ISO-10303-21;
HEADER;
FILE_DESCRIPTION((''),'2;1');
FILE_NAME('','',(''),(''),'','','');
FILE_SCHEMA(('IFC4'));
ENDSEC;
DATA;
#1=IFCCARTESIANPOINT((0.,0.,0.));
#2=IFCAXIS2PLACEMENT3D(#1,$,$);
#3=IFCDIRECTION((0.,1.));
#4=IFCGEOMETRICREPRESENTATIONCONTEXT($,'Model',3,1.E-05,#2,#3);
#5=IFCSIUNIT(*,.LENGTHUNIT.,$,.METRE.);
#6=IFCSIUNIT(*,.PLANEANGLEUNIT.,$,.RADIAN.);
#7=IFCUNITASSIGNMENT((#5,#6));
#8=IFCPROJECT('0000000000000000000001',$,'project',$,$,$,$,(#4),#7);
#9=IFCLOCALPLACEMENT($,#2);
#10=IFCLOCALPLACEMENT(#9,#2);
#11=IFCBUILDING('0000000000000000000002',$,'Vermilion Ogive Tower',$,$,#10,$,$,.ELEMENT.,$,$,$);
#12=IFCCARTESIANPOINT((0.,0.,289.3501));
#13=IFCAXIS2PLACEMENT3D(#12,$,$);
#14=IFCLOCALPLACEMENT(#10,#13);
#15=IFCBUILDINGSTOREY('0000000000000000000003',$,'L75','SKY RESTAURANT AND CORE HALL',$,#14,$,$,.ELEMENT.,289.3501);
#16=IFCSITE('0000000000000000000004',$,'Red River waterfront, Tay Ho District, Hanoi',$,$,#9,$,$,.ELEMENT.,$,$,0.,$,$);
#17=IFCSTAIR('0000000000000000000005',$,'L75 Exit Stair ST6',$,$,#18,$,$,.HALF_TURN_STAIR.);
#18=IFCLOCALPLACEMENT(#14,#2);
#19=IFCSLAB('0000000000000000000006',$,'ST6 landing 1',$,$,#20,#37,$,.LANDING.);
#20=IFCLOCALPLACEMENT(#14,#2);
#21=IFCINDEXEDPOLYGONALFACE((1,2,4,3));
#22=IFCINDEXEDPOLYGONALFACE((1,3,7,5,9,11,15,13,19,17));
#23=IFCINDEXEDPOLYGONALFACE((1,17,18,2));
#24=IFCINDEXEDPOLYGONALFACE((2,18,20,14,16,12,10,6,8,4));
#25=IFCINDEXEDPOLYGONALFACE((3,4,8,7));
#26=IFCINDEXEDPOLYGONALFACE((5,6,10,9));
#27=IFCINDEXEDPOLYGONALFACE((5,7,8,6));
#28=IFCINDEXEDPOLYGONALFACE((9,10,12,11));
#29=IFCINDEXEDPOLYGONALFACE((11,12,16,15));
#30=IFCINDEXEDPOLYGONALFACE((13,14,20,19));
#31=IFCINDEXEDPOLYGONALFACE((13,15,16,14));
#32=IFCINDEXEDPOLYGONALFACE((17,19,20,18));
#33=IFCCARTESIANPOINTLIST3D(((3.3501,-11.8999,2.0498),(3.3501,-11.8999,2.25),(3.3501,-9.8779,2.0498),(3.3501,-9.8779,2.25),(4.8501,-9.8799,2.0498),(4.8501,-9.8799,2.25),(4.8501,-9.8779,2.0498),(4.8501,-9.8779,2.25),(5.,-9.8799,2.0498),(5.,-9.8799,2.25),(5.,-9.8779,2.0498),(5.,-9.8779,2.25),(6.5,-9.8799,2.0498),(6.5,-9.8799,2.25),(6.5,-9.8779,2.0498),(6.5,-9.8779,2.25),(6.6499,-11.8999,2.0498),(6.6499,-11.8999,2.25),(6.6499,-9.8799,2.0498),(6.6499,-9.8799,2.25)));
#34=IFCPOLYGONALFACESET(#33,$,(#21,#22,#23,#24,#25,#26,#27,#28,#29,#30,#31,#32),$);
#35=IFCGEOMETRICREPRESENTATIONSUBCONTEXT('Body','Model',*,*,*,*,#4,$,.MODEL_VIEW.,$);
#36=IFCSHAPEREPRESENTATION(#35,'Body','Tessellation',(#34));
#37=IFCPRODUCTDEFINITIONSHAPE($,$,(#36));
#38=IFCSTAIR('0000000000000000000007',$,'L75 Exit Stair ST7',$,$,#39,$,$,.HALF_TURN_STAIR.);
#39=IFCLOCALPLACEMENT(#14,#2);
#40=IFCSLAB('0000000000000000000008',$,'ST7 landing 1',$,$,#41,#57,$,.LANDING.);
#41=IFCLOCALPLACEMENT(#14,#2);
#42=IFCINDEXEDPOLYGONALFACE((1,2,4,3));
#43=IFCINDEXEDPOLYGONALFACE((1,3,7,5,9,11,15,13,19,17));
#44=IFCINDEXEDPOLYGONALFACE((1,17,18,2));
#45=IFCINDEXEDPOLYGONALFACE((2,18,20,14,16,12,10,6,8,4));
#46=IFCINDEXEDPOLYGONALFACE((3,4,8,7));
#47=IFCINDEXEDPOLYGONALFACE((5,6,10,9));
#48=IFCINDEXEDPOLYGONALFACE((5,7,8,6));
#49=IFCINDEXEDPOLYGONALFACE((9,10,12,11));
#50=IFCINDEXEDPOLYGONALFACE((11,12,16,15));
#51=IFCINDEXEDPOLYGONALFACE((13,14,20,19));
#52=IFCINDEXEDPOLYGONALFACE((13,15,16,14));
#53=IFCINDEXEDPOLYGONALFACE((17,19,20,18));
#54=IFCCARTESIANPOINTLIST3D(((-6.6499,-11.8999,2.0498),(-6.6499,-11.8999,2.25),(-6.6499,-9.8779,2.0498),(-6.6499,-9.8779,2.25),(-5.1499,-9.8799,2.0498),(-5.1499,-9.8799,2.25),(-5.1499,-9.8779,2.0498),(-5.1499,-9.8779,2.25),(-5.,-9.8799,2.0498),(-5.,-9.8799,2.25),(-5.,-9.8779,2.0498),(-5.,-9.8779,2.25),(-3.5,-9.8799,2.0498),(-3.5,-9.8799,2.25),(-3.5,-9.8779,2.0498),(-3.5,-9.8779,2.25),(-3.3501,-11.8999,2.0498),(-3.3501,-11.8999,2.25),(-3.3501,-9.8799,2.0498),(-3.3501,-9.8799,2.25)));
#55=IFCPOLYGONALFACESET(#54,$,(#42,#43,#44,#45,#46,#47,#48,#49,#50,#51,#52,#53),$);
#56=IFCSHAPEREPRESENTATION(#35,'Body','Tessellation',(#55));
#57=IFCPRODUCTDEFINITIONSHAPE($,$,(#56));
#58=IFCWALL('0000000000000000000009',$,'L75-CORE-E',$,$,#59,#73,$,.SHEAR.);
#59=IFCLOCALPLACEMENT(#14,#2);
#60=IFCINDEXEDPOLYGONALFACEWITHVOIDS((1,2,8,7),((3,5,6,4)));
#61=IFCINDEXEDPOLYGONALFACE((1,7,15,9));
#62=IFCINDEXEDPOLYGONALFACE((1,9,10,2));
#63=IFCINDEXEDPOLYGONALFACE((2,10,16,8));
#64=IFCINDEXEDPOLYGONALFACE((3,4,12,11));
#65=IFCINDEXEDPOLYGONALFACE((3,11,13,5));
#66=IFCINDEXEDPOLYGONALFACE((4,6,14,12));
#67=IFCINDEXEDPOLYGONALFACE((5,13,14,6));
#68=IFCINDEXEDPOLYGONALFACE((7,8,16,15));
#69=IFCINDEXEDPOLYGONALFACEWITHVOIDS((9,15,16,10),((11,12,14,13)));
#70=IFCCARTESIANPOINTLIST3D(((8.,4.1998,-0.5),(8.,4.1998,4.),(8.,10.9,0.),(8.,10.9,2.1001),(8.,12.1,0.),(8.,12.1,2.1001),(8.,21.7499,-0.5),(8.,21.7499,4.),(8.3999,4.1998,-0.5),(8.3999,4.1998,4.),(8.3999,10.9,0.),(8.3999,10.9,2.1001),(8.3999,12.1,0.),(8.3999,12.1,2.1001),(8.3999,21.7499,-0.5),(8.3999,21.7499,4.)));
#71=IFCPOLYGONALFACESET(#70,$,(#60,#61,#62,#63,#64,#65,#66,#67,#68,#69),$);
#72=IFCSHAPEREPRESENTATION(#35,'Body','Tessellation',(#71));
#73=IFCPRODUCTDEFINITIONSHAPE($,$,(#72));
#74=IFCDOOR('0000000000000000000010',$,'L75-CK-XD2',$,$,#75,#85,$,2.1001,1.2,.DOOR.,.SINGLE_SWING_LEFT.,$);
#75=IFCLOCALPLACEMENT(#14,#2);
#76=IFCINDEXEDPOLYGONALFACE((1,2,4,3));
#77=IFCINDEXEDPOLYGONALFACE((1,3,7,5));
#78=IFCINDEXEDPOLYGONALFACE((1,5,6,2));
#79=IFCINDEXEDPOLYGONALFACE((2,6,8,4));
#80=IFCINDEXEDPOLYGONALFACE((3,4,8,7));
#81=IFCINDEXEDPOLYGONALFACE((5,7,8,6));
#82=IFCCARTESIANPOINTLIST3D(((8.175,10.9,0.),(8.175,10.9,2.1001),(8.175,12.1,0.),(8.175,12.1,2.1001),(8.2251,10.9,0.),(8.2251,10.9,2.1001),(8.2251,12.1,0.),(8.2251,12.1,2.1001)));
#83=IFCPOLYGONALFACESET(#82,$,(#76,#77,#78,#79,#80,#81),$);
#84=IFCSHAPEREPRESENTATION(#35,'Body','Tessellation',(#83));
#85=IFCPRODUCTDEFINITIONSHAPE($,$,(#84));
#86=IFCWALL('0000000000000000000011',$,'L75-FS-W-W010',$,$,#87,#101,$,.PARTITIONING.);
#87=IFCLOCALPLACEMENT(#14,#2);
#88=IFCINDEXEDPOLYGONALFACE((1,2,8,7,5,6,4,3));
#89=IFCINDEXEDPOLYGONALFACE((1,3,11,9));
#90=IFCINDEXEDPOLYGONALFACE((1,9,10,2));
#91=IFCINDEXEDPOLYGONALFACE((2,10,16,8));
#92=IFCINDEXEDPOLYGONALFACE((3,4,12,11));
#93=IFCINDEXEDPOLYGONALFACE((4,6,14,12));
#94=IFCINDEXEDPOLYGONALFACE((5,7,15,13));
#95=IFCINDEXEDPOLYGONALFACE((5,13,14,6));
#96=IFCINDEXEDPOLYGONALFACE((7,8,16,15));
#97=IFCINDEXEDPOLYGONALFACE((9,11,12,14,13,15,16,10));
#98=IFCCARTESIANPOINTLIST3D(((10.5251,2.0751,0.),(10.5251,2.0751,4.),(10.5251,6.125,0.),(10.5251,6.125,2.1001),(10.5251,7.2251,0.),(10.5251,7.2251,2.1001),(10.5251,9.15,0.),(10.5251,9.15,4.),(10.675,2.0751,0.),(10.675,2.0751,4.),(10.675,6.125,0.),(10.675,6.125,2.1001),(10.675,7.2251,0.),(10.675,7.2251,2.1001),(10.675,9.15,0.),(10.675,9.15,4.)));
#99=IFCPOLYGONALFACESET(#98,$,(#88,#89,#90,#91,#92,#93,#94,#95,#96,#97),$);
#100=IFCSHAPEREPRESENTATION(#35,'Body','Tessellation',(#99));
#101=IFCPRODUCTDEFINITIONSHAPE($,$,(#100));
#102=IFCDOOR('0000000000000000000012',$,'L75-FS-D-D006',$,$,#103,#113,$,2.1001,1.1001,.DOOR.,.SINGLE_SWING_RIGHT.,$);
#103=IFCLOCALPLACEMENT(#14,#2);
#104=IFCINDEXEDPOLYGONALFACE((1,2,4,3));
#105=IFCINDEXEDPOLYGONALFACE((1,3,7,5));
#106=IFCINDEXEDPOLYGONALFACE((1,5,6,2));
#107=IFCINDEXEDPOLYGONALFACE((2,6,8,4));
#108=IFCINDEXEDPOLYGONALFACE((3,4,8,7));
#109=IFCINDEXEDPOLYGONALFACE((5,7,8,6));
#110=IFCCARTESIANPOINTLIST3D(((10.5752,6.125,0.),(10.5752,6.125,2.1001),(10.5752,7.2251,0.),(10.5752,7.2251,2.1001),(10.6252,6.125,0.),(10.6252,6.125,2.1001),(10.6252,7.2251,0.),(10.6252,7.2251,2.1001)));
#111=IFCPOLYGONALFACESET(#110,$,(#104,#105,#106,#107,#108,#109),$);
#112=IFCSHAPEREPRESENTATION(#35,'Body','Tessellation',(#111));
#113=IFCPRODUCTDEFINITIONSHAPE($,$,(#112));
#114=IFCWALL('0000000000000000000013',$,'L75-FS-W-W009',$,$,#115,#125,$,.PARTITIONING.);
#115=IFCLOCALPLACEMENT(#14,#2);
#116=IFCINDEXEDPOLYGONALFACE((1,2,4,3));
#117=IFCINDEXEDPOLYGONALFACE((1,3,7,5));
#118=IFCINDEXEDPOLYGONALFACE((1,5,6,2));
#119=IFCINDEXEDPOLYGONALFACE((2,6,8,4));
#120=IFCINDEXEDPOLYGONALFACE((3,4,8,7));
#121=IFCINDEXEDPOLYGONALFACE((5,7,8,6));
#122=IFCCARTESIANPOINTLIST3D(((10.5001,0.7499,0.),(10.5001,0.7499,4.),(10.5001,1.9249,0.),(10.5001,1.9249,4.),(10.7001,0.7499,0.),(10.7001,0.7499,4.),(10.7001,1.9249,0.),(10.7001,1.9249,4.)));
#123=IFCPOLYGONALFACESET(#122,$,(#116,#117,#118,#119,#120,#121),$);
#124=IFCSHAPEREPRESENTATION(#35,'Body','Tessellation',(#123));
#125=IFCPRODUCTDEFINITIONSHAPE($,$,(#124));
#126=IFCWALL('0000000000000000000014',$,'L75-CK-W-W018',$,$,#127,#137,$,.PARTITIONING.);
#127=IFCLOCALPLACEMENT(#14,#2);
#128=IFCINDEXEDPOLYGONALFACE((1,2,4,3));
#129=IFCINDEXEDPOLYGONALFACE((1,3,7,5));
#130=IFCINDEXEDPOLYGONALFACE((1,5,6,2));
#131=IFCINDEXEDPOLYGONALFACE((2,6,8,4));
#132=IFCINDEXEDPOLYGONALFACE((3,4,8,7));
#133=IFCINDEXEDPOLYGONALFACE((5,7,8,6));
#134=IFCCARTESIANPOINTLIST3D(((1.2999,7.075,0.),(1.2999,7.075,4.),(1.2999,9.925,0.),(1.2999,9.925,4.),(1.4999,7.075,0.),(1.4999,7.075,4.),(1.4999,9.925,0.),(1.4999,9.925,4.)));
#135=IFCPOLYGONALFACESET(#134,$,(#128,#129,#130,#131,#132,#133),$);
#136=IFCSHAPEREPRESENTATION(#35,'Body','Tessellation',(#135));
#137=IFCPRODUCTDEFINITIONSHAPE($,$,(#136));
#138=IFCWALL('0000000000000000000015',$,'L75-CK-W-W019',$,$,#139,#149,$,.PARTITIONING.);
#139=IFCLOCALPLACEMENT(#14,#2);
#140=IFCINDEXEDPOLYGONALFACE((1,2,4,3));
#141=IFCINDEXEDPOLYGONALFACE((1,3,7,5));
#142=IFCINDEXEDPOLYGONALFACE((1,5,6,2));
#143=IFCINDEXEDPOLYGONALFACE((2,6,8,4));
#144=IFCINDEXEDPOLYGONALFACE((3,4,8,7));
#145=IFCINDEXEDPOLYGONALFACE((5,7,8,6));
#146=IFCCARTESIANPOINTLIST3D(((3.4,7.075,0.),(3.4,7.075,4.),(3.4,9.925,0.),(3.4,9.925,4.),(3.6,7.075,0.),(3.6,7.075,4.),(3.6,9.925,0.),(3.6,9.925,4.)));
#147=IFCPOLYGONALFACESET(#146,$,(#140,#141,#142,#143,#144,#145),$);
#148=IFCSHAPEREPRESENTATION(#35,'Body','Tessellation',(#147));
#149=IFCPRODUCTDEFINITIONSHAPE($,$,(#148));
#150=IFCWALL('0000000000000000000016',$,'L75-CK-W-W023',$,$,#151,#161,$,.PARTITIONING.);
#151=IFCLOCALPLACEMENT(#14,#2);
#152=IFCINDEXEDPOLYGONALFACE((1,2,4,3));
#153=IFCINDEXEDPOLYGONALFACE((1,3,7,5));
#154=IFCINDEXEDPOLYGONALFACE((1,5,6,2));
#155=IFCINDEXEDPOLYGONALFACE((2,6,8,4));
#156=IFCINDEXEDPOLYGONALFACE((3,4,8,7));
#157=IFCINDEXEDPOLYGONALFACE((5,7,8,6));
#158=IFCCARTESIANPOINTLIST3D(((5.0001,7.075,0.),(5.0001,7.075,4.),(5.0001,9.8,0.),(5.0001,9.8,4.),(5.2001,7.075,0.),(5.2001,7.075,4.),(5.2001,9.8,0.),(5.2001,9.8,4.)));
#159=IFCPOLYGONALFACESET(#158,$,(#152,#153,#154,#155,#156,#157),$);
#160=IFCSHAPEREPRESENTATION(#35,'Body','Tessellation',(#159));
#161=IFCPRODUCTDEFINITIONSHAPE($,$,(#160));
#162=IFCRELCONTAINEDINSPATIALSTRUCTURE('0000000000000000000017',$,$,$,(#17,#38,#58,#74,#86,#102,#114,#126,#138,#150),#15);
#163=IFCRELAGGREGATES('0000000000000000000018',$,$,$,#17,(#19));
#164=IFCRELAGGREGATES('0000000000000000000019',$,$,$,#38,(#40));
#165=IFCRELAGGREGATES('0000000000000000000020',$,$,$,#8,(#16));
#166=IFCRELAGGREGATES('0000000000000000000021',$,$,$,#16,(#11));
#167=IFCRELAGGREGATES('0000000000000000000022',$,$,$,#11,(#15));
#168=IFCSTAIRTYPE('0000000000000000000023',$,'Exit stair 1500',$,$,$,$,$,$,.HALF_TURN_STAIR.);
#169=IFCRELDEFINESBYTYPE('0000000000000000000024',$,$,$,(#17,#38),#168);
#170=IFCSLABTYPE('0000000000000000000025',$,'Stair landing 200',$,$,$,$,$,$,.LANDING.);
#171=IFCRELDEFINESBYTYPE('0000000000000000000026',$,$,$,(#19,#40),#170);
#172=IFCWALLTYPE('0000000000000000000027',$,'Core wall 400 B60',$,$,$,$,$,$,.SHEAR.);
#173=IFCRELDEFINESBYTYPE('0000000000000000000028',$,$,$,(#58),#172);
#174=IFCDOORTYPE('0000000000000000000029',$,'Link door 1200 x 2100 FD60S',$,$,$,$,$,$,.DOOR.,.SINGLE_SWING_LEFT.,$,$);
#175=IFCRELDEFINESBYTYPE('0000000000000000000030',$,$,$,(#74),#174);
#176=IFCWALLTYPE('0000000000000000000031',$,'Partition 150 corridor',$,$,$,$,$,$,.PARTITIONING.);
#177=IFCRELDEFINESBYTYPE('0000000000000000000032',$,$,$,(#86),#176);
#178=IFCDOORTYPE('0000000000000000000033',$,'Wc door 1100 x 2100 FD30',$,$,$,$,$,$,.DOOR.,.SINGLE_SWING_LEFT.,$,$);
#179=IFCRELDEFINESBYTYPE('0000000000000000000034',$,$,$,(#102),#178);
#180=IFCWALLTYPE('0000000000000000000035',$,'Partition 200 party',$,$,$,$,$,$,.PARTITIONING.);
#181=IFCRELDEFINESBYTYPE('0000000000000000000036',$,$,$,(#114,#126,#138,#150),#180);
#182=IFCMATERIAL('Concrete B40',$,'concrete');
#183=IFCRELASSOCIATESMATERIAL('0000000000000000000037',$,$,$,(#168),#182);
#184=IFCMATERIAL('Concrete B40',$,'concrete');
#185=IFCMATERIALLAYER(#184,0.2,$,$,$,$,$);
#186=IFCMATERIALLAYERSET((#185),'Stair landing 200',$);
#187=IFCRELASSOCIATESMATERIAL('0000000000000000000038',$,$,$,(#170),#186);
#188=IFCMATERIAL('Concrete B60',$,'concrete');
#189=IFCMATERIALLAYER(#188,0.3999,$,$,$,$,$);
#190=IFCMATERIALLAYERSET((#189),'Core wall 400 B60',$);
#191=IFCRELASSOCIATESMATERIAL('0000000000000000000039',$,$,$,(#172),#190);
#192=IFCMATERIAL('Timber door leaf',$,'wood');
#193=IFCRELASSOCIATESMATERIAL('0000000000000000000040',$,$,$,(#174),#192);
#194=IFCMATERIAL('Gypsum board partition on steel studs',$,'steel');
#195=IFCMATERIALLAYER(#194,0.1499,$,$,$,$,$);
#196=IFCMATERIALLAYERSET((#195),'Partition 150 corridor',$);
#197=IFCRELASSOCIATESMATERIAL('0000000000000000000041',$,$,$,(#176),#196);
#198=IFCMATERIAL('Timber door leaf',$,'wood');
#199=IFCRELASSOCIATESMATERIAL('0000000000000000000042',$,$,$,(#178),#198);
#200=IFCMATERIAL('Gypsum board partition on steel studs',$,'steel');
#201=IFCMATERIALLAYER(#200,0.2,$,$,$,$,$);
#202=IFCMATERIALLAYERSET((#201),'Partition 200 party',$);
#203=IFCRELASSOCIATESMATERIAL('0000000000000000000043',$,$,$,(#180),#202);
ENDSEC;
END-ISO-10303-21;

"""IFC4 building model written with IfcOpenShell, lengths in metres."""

from ifc_helpers import new_model, si_unit, direction, frame, frame_2d, origin, place, context, subcontext, project, spatial, polyline, rectangle, outline, extrude, material, layer, layer_set, type_object, element, fill, aggregate, save


model = new_model("IFC4")

# Units and contexts
model_context = context("Model", 3, precision=1e-05, world=origin(), true_north=direction((0.0, 1.0)))
body_context = subcontext(model_context, "Body", "Model", "MODEL_VIEW")
ifc_project = project(units=[si_unit("LENGTHUNIT", "METRE"), si_unit("PLANEANGLEUNIT", "RADIAN")], contexts=[model_context])

# Site, building, storey
site_placement = place(None, origin())
site = spatial("IfcSite", under=ifc_project, at=site_placement, Name="Red River waterfront, Tay Ho District, Hanoi", CompositionType="ELEMENT", RefElevation=0.0)
building_placement = place(site_placement, origin())
building = spatial("IfcBuilding", under=site, at=building_placement, Name="Vermilion Ogive Tower", CompositionType="ELEMENT")
storey_placement = place(building_placement, frame((0.0, 0.0, 289.3501)))
storey = spatial("IfcBuildingStorey", under=building, at=storey_placement, Name="L75", Description="SKY RESTAURANT AND CORE HALL", CompositionType="ELEMENT", Elevation=289.3501)

# Stairs, slabs
ifc_material_1 = material(Name="Concrete B40", Category="concrete")
stair_type = type_object("IfcStairType", Name="Exit stair 1500", PredefinedType="HALF_TURN_STAIR", material=ifc_material_1)
stair_1_placement = place(storey_placement, origin())
stair_1 = element("IfcStair", 1, at=stair_1_placement, inside=storey, type_object=stair_type, Name="L75 Exit Stair ST6", PredefinedType="HALF_TURN_STAIR")
ifc_material_2 = material(Name="Concrete B40", Category="concrete")
ifc_layer_1 = layer(ifc_material_2, 0.2)
ifc_layer_set_1 = layer_set([ifc_layer_1], Name="Stair landing 200")
slab_type_1 = type_object("IfcSlabType", Name="Stair landing 200", PredefinedType="LANDING", material=ifc_layer_set_1)
slab_1_placement = place(storey_placement, frame((0.0, 0.0, 2.0498)))
slab_1 = element("IfcSlab", 2, at=slab_1_placement, type_object=slab_type_1, Name="ST6 landing 1", PredefinedType="LANDING", context=body_context, shape_type="SweptSolid", body=[
    extrude(outline(polyline([(6.6499, -9.8799), (6.5, -9.8799), (6.5, -9.8779), (5.0, -9.8779), (5.0, -9.8799), (4.8501, -9.8799), (4.8501, -9.8779), (3.3501, -9.8779), (3.3501, -11.8999), (6.6499, -11.8999), (6.6499, -9.8799)])), origin(), (0.0, 0.0, 1.0), 0.2002),
])
aggregate(stair_1, [slab_1])
stair_2_placement = place(storey_placement, origin())
stair_2 = element("IfcStair", 3, at=stair_2_placement, inside=storey, type_object=stair_type, Name="L75 Exit Stair ST7", PredefinedType="HALF_TURN_STAIR")
slab_2_placement = place(storey_placement, frame((0.0, 0.0, 2.0498)))
slab_2 = element("IfcSlab", 4, at=slab_2_placement, type_object=slab_type_1, Name="ST7 landing 1", PredefinedType="LANDING", context=body_context, shape_type="SweptSolid", body=[
    extrude(outline(polyline([(-3.3501, -9.8799), (-3.5, -9.8799), (-3.5, -9.8779), (-5.0, -9.8779), (-5.0, -9.8799), (-5.1499, -9.8799), (-5.1499, -9.8779), (-6.6499, -9.8779), (-6.6499, -11.8999), (-3.3501, -11.8999), (-3.3501, -9.8799)])), origin(), (0.0, 0.0, 1.0), 0.2002),
])
aggregate(stair_2, [slab_2])

# Walls, openings, doors
ifc_material_3 = material(Name="Concrete B60", Category="concrete")
ifc_layer_2 = layer(ifc_material_3, 0.3999)
ifc_layer_set_2 = layer_set([ifc_layer_2], Name="Core wall 400 B60")
wall_type_1 = type_object("IfcWallType", Name="Core wall 400 B60", PredefinedType="SHEAR", material=ifc_layer_set_2)
wall_1_placement = place(storey_placement, frame((8.2, 4.2, -0.5), z_axis=(0.0, 0.0, 1.0), x_axis=(0.0, 1.0, 0.0)))
wall_1 = element("IfcWall", 5, at=wall_1_placement, inside=storey, type_object=wall_type_1, Name="L75-CORE-E", PredefinedType="SHEAR", context=body_context, shape_type="SweptSolid", body=[
    extrude(rectangle(XDim=17.55, YDim=0.3999, at=frame_2d((8.7749, 0.0))), origin(), (0.0, 0.0, 1.0), 4.5),
])
opening_1_placement = place(wall_1_placement, frame((6.7, 0.0, 0.5)))
opening_1 = element("IfcOpeningElement", 6, at=opening_1_placement, cuts=wall_1, PredefinedType="OPENING", context=body_context, shape_type="SweptSolid", body=[
    extrude(rectangle(XDim=1.2, YDim=2.1001, at=frame_2d((0.6001, 1.05))), frame((0.0, 0.21, 0.0), z_axis=(0.0, -1.0, 0.0), x_axis=(1.0, 0.0, 0.0)), (0.0, 0.0, 1.0), 0.4199),
])
ifc_material_4 = material(Name="Timber door leaf", Category="wood")
door_type_1 = type_object("IfcDoorType", Name="Link door 1200 x 2100 FD60S", OperationType="SINGLE_SWING_LEFT", PredefinedType="DOOR", material=ifc_material_4)
door_1_placement = place(opening_1_placement, origin())
door_1 = element("IfcDoor", 7, at=door_1_placement, inside=storey, type_object=door_type_1, Name="L75-CK-XD2", OperationType="SINGLE_SWING_LEFT", OverallHeight=2.1001, OverallWidth=1.2, PredefinedType="DOOR", context=body_context, shape_type="SweptSolid", body=[
    extrude(rectangle(XDim=1.2, YDim=2.1001, at=frame_2d((0.6001, 1.05))), frame((0.0, 0.0249, 0.0), z_axis=(0.0, -1.0, 0.0), x_axis=(1.0, 0.0, 0.0)), (0.0, 0.0, 1.0), 0.05),
])
fill(opening_1, door_1)
ifc_material_5 = material(Name="Gypsum board partition on steel studs", Category="steel")
ifc_layer_3 = layer(ifc_material_5, 0.1499)
ifc_layer_set_3 = layer_set([ifc_layer_3], Name="Partition 150 corridor")
wall_type_2 = type_object("IfcWallType", Name="Partition 150 corridor", PredefinedType="PARTITIONING", material=ifc_layer_set_3)
wall_2_placement = place(storey_placement, frame((10.6001, 2.075, 0.0), z_axis=(0.0, 0.0, 1.0), x_axis=(0.0, 1.0, 0.0)))
wall_2 = element("IfcWall", 8, at=wall_2_placement, inside=storey, type_object=wall_type_2, Name="L75-FS-W-W010", PredefinedType="PARTITIONING", context=body_context, shape_type="SweptSolid", body=[
    extrude(rectangle(XDim=7.075, YDim=0.1499, at=frame_2d((3.5376, 0.0))), origin(), (0.0, 0.0, 1.0), 4.0),
])
opening_2_placement = place(wall_2_placement, frame((4.05, 0.0, 0.0)))
opening_2 = element("IfcOpeningElement", 9, at=opening_2_placement, cuts=wall_2, PredefinedType="OPENING", context=body_context, shape_type="SweptSolid", body=[
    extrude(rectangle(XDim=1.1001, YDim=2.1001, at=frame_2d((0.55, 1.05))), frame((0.0, 0.085, 0.0), z_axis=(0.0, -1.0, 0.0), x_axis=(1.0, 0.0, 0.0)), (0.0, 0.0, 1.0), 0.1699),
])
ifc_material_6 = material(Name="Timber door leaf", Category="wood")
door_type_2 = type_object("IfcDoorType", Name="Wc door 1100 x 2100 FD30", OperationType="SINGLE_SWING_LEFT", PredefinedType="DOOR", material=ifc_material_6)
door_2_placement = place(opening_2_placement, origin())
door_2 = element("IfcDoor", 10, at=door_2_placement, inside=storey, type_object=door_type_2, Name="L75-FS-D-D006", OperationType="SINGLE_SWING_RIGHT", OverallHeight=2.1001, OverallWidth=1.1001, PredefinedType="DOOR", context=body_context, shape_type="SweptSolid", body=[
    extrude(rectangle(XDim=1.1001, YDim=2.1001, at=frame_2d((0.55, 1.05))), frame((0.0, 0.0249, 0.0), z_axis=(0.0, -1.0, 0.0), x_axis=(1.0, 0.0, 0.0)), (0.0, 0.0, 1.0), 0.05),
])
fill(opening_2, door_2)

# Walls
ifc_material_7 = material(Name="Gypsum board partition on steel studs", Category="steel")
ifc_layer_4 = layer(ifc_material_7, 0.2)
ifc_layer_set_4 = layer_set([ifc_layer_4], Name="Partition 200 party")
wall_type_3 = type_object("IfcWallType", Name="Partition 200 party", PredefinedType="PARTITIONING", material=ifc_layer_set_4)
wall_3_placement = place(storey_placement, frame((10.6001, 0.75, 0.0), z_axis=(0.0, 0.0, 1.0), x_axis=(0.0, 1.0, 0.0)))
element("IfcWall", 11, at=wall_3_placement, inside=storey, type_object=wall_type_3, Name="L75-FS-W-W009", PredefinedType="PARTITIONING", context=body_context, shape_type="SweptSolid", body=[
    extrude(rectangle(XDim=1.175, YDim=0.2, at=frame_2d((0.5874, 0.0))), origin(), (0.0, 0.0, 1.0), 4.0),
])
for number, where, z_axis, x_axis, name in (
    (12, (1.3999, 7.075, 0.0), (0.0, 0.0, 1.0), (0.0, 1.0, 0.0), "L75-CK-W-W018"),
    (13, (3.5, 7.075, 0.0), (0.0, 0.0, 1.0), (0.0, 1.0, 0.0), "L75-CK-W-W019"),
):
    element("IfcWall", number, at=place(storey_placement, frame(where, z_axis=z_axis, x_axis=x_axis)), inside=storey, type_object=wall_type_3, Name=name, PredefinedType="PARTITIONING", context=body_context, shape_type="SweptSolid", body=[
        extrude(rectangle(XDim=2.8501, YDim=0.2, at=frame_2d((1.425, 0.0))), origin(), (0.0, 0.0, 1.0), 4.0),
    ])
wall_4_placement = place(storey_placement, frame((5.1001, 7.075, 0.0), z_axis=(0.0, 0.0, 1.0), x_axis=(0.0, 1.0, 0.0)))
element("IfcWall", 14, at=wall_4_placement, inside=storey, type_object=wall_type_3, Name="L75-CK-W-W023", PredefinedType="PARTITIONING", context=body_context, shape_type="SweptSolid", body=[
    extrude(rectangle(XDim=2.7251, YDim=0.2, at=frame_2d((1.3625, 0.0))), origin(), (0.0, 0.0, 1.0), 4.0),
])

save(model, "model.ifc")
